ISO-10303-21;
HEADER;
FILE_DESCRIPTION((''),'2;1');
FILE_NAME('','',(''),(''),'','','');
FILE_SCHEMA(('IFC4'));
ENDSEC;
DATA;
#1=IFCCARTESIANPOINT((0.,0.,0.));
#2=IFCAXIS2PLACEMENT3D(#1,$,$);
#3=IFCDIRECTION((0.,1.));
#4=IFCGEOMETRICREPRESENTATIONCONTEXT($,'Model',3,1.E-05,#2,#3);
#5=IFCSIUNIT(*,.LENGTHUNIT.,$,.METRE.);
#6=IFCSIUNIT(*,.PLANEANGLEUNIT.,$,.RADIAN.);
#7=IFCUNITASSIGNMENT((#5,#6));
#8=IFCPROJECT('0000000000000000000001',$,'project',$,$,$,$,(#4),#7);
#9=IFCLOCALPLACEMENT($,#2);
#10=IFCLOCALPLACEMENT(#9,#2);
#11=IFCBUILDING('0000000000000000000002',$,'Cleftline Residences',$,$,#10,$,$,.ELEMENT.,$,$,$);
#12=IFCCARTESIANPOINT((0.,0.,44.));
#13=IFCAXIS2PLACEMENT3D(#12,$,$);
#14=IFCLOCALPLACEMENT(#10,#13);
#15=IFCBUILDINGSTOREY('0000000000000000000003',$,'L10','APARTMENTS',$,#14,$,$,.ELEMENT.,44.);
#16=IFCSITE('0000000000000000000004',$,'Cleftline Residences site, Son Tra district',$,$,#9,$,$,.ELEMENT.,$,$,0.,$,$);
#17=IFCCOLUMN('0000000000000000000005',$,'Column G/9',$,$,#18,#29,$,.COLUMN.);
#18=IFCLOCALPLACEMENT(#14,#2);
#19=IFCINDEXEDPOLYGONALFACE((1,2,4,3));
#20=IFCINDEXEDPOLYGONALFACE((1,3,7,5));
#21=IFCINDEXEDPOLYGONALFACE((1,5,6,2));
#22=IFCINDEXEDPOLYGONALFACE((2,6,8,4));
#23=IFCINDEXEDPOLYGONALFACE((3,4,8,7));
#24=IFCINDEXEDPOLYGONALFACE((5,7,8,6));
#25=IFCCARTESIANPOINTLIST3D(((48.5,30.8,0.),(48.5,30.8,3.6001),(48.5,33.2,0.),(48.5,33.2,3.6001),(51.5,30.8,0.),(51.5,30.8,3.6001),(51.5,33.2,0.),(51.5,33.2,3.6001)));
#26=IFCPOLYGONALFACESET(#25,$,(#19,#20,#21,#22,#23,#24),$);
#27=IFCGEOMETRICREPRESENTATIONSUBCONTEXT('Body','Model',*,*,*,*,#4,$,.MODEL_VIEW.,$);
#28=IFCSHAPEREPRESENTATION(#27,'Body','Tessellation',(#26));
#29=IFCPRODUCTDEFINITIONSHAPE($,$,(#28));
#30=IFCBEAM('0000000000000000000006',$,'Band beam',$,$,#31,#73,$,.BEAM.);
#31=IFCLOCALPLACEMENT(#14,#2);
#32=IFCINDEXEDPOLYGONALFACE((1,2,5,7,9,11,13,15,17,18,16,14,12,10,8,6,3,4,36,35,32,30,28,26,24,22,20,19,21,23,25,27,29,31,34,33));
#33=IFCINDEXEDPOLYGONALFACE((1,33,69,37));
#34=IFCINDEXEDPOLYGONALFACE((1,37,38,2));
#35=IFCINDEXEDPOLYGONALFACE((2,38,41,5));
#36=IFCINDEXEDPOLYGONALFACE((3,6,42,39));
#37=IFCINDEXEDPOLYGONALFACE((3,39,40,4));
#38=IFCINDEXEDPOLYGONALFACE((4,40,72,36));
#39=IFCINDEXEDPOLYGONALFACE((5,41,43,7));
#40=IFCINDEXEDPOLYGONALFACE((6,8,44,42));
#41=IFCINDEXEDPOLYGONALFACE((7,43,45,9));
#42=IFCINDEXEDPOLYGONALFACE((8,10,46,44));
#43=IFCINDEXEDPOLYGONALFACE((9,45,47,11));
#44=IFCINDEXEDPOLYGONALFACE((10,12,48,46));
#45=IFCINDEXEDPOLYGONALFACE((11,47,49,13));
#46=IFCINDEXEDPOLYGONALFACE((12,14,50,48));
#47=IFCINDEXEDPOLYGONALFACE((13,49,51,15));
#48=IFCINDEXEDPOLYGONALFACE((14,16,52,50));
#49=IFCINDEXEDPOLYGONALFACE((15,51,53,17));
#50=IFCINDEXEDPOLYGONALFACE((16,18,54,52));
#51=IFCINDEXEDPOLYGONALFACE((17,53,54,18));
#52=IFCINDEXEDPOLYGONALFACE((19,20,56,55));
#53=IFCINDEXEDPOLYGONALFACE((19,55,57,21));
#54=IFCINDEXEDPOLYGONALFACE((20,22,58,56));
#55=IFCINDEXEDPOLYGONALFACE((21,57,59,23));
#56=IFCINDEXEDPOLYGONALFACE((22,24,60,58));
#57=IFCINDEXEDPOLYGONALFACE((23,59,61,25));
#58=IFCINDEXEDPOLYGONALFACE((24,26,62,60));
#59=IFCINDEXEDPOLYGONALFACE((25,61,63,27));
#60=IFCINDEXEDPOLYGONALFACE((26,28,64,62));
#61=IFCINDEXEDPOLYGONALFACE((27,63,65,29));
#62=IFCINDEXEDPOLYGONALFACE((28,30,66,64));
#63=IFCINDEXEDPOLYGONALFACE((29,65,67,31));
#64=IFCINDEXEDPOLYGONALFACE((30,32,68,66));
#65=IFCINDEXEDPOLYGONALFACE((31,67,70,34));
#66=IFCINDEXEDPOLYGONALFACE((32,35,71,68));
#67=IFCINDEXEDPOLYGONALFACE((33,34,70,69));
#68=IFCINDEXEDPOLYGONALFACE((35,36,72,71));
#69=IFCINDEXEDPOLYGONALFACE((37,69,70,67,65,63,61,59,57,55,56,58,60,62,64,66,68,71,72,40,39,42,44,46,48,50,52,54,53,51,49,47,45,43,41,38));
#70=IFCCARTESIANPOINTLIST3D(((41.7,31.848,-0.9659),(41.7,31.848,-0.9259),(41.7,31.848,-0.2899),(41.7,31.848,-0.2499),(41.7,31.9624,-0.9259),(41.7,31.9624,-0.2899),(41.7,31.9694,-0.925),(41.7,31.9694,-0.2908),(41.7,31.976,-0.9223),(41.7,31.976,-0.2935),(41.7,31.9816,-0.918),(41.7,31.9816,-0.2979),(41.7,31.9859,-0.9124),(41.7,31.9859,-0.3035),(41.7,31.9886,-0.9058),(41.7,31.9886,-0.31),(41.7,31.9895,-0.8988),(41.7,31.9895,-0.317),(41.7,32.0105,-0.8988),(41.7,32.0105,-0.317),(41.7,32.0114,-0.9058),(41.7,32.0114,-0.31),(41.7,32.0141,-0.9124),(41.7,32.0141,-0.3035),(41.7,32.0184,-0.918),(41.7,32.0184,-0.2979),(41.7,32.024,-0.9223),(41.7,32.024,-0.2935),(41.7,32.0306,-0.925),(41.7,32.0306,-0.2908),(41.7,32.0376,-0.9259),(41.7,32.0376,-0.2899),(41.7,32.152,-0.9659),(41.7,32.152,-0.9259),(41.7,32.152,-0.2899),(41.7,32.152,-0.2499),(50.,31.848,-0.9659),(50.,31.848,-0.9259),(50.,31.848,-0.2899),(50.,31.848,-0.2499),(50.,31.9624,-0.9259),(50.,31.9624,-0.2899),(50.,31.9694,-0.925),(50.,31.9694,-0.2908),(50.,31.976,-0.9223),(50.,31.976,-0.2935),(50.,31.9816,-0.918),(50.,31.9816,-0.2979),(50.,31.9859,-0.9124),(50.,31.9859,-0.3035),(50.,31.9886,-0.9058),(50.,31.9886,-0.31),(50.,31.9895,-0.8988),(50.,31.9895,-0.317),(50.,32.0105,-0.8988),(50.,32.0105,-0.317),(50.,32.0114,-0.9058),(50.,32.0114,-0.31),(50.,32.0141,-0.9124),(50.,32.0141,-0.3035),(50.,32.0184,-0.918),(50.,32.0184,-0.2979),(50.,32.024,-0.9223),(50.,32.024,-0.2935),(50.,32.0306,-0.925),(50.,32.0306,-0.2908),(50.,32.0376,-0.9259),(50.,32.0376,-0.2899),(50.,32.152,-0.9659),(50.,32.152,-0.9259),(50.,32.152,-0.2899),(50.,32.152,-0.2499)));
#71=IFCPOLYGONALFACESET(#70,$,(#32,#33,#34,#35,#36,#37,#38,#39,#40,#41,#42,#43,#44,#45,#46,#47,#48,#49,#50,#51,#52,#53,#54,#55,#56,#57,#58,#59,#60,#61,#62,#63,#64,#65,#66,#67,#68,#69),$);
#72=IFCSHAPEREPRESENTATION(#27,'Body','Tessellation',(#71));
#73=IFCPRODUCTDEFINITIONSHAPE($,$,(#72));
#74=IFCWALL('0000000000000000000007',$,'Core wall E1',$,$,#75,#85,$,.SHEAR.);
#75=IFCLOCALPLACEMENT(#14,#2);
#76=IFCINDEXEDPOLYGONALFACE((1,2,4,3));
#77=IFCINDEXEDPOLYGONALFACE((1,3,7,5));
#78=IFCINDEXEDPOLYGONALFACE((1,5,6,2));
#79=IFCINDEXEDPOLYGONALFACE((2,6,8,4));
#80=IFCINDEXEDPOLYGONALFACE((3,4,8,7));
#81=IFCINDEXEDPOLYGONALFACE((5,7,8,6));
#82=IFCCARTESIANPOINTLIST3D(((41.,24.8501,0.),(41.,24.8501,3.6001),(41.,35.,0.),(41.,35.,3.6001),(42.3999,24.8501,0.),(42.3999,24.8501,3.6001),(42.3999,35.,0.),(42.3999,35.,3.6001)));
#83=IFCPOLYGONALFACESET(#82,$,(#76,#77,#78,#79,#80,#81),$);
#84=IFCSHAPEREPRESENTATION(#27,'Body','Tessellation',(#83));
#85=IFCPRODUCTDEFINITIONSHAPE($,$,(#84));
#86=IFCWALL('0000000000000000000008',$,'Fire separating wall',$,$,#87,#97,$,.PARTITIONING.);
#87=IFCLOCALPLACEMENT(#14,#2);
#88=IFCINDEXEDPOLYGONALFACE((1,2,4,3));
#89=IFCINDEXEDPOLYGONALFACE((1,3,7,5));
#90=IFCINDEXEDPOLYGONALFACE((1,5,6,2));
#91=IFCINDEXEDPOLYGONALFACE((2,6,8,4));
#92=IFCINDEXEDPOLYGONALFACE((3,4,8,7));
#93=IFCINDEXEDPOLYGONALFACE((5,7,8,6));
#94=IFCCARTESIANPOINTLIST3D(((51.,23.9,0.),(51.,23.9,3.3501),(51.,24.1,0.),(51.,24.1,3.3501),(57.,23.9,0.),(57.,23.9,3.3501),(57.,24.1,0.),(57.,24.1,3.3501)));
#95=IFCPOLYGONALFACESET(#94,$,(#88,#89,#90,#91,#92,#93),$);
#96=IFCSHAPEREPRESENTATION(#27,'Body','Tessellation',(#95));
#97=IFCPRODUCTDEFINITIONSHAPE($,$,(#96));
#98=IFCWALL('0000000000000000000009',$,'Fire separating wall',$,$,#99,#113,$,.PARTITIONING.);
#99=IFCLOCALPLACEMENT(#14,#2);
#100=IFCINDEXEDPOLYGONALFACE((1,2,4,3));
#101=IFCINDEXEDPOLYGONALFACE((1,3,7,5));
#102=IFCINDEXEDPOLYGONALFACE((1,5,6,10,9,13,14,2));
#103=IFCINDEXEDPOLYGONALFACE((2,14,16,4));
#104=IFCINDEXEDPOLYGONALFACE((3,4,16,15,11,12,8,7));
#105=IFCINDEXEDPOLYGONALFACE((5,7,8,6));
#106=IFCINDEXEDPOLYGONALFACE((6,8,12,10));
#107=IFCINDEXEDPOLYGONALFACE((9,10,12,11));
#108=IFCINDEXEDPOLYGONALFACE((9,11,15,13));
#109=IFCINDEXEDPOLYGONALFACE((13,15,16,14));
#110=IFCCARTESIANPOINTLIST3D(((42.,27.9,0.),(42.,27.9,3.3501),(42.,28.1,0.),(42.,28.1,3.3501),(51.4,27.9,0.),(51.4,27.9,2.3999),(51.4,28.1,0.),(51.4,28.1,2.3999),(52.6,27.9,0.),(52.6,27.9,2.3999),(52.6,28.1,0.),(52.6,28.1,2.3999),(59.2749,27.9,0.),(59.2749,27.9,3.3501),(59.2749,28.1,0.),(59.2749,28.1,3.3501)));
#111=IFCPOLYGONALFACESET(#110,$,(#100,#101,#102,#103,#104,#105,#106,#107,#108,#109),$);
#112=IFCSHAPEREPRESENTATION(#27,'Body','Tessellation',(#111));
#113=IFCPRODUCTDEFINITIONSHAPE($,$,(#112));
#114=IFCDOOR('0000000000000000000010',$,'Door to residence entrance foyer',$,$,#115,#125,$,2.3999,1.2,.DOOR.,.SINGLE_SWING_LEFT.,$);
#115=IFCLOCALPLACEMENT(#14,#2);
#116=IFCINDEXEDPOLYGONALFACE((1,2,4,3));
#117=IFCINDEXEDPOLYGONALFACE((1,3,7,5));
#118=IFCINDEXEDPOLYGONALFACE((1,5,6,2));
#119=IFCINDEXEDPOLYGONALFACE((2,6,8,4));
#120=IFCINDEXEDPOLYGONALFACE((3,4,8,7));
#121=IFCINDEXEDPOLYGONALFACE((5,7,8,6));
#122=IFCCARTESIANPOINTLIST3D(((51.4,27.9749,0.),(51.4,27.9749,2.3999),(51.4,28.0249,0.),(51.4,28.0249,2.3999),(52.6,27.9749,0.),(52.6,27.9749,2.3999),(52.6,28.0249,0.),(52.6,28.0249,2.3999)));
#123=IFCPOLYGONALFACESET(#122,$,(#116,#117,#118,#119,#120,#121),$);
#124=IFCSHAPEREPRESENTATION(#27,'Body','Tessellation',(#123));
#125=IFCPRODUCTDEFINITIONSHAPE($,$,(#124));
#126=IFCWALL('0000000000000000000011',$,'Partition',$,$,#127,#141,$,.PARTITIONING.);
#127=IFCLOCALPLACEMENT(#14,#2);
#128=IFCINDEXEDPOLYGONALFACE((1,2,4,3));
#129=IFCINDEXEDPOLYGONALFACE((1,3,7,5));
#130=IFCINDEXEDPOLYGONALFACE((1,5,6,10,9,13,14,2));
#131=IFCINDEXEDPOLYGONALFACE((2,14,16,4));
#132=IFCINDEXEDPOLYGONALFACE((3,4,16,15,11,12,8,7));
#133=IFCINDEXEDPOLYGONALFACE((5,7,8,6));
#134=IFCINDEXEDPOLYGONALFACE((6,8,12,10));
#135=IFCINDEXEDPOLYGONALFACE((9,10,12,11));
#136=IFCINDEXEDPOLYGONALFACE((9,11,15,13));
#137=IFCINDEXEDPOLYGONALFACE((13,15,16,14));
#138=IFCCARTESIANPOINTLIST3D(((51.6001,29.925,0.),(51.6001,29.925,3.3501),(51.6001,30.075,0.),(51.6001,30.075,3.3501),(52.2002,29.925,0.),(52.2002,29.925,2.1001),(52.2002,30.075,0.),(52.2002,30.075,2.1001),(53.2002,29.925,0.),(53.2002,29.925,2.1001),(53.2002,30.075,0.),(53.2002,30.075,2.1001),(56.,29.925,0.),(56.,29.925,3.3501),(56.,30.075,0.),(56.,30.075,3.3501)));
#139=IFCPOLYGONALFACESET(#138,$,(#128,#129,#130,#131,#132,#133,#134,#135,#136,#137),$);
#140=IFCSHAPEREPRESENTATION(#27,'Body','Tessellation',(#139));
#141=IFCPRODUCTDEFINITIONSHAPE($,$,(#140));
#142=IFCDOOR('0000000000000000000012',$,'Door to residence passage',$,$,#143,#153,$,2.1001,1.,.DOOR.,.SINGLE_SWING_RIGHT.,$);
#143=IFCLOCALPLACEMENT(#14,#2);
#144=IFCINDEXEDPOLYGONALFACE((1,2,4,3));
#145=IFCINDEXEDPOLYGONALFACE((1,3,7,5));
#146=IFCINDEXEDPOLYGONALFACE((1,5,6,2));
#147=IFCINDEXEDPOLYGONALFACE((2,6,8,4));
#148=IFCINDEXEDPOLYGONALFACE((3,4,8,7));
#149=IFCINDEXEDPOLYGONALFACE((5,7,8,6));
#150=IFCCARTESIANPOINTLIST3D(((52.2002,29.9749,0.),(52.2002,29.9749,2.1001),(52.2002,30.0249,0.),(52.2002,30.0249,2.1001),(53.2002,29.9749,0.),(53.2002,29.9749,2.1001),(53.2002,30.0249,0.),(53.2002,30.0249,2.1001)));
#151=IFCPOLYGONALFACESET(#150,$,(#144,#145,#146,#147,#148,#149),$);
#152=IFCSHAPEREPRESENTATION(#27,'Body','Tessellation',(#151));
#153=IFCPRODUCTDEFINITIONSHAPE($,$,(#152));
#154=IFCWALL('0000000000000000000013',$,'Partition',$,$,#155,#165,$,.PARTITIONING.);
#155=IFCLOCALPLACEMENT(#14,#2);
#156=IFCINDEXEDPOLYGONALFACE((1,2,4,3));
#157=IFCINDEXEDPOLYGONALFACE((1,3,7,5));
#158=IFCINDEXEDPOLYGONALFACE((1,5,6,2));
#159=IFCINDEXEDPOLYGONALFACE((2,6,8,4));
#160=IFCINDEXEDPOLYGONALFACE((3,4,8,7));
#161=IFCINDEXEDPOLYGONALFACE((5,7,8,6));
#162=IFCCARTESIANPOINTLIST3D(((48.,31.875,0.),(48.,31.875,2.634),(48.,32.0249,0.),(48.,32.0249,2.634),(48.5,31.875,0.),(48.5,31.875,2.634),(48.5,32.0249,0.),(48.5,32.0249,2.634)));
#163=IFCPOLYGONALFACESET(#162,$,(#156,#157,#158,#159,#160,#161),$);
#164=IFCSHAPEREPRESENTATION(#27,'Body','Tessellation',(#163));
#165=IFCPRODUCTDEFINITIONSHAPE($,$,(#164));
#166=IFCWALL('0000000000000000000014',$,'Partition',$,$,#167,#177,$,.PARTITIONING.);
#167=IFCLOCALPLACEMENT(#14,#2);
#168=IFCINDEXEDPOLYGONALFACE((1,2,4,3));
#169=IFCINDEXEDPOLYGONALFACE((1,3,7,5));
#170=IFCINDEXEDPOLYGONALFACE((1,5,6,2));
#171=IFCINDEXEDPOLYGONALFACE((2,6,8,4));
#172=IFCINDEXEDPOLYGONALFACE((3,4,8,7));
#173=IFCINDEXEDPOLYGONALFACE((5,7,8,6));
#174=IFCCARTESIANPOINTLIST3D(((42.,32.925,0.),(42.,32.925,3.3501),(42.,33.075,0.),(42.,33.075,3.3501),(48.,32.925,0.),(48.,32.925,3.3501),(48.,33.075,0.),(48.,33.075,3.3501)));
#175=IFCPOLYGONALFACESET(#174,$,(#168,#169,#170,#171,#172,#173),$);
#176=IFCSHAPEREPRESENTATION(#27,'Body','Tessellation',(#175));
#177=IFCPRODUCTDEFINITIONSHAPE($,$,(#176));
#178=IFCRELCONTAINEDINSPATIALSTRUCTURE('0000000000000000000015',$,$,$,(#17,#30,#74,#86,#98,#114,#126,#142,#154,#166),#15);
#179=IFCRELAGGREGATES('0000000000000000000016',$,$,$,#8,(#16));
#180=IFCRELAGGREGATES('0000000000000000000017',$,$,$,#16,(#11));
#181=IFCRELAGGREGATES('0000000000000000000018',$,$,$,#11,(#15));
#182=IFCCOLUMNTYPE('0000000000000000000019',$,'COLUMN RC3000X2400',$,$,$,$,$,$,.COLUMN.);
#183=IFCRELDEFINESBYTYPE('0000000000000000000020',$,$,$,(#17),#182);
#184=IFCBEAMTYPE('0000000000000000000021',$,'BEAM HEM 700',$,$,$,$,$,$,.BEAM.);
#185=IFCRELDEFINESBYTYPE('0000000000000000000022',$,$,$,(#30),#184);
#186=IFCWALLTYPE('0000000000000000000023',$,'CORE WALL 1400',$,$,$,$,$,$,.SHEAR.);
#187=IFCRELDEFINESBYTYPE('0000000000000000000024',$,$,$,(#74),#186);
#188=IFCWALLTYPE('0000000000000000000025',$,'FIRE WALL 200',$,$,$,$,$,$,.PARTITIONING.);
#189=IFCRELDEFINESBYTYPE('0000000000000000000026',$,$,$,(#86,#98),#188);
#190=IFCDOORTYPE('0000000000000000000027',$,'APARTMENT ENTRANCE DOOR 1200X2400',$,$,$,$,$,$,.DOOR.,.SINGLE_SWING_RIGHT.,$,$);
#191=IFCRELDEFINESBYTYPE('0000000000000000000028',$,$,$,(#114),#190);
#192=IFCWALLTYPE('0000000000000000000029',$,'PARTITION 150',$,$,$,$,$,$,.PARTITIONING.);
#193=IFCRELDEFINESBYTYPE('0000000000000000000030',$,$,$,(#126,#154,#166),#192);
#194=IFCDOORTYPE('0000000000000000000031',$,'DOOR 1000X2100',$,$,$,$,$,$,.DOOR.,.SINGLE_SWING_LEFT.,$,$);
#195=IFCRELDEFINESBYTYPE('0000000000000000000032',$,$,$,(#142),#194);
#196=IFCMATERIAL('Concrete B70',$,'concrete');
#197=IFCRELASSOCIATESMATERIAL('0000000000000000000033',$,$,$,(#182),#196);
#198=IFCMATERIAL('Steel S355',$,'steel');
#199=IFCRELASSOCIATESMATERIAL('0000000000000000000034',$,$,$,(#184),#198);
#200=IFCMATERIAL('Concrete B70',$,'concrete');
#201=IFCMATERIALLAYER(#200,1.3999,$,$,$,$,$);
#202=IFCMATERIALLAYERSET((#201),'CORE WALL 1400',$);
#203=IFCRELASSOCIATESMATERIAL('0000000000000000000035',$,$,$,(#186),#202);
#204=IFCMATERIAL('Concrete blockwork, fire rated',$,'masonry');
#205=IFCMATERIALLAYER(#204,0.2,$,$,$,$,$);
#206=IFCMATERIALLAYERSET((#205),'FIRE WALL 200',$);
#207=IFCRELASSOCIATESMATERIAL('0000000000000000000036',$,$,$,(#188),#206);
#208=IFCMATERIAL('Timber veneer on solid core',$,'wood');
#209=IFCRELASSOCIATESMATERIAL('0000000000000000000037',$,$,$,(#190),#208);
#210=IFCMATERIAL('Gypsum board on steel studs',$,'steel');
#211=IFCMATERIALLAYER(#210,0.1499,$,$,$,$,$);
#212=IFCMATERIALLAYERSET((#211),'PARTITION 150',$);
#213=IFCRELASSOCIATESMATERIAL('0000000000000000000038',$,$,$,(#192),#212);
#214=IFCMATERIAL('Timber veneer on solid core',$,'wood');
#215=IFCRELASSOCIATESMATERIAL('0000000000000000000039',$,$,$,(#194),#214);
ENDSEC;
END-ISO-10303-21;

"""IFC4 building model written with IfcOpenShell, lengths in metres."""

from ifc_helpers import new_model, si_unit, direction, frame, frame_2d, origin, origin_2d, place, context, subcontext, project, spatial, rectangle, i_section, extrude, material, layer, layer_set, material_profile, profile_set, type_object, element, fill, save


model = new_model("IFC4")

# Units and contexts
model_context = context("Model", 3, precision=1e-05, world=origin(), true_north=direction((0.0, 1.0)))
body_context = subcontext(model_context, "Body", "Model", "MODEL_VIEW")
ifc_project = project(units=[si_unit("LENGTHUNIT", "METRE"), si_unit("PLANEANGLEUNIT", "RADIAN")], contexts=[model_context])

# Site, building, storey
site_placement = place(None, origin())
site = spatial("IfcSite", under=ifc_project, at=site_placement, Name="Cleftline Residences site, Son Tra district", CompositionType="ELEMENT", RefElevation=0.0)
building_placement = place(site_placement, origin())
building = spatial("IfcBuilding", under=site, at=building_placement, Name="Cleftline Residences", CompositionType="ELEMENT")
storey_placement = place(building_placement, frame((0.0, 0.0, 44.0)))
storey = spatial("IfcBuildingStorey", under=building, at=storey_placement, Name="L10", Description="APARTMENTS", CompositionType="ELEMENT", Elevation=44.0)

# Column
ifc_material_1 = material(Name="Concrete B70", Category="concrete")
ifc_material_profile_1 = material_profile(ifc_material_1, rectangle(XDim=3.0, YDim=2.3999, at=origin_2d()))
ifc_profile_set_1 = profile_set([ifc_material_profile_1], Name="Concrete B70")
column_type = type_object("IfcColumnType", Name="COLUMN RC3000X2400", PredefinedType="COLUMN", material=ifc_profile_set_1)
column_placement = place(storey_placement, frame((50.0, 32.0, 0.0), z_axis=(0.0, 0.0, 1.0), x_axis=(1.0, 0.0, 0.0)))
element("IfcColumn", 1, at=column_placement, inside=storey, type_object=column_type, Name="Column G/9", PredefinedType="COLUMN", context=body_context, shape_type="SweptSolid", body=[
    extrude(rectangle(XDim=3.0, YDim=2.3999, at=origin_2d()), origin(), (0.0, 0.0, 1.0), 3.6001),
])

# Beam
ifc_material_2 = material(Name="Steel S355", Category="steel")
ifc_material_profile_2 = material_profile(ifc_material_2, i_section(OverallWidth=0.304, OverallDepth=0.7161, WebThickness=0.021, FlangeThickness=0.04, FilletRadius=0.0271, at=origin_2d()))
ifc_profile_set_2 = profile_set([ifc_material_profile_2], Name="Steel S355")
beam_type = type_object("IfcBeamType", Name="BEAM HEM 700", PredefinedType="BEAM", material=ifc_profile_set_2)
beam_placement = place(storey_placement, frame((50.0, 32.0, -0.6079), z_axis=(-1.0, 0.0, 0.0), x_axis=(0.0, -1.0, 0.0)))
element("IfcBeam", 2, at=beam_placement, inside=storey, type_object=beam_type, Name="Band beam", PredefinedType="BEAM", context=body_context, shape_type="SweptSolid", body=[
    extrude(i_section(OverallWidth=0.304, OverallDepth=0.7161, WebThickness=0.021, FlangeThickness=0.04, FilletRadius=0.0271, at=origin_2d()), origin(), (0.0, 0.0, 1.0), 8.3),
])

# Walls
ifc_material_3 = material(Name="Concrete B70", Category="concrete")
ifc_layer_1 = layer(ifc_material_3, 1.3999)
ifc_layer_set_1 = layer_set([ifc_layer_1], Name="CORE WALL 1400")
wall_type_1 = type_object("IfcWallType", Name="CORE WALL 1400", PredefinedType="SHEAR", material=ifc_layer_set_1)
wall_1_placement = place(storey_placement, frame((41.7, 24.8501, 0.0), z_axis=(0.0, 0.0, 1.0), x_axis=(0.0, 1.0, 0.0)))
element("IfcWall", 3, at=wall_1_placement, inside=storey, type_object=wall_type_1, Name="Core wall E1", PredefinedType="SHEAR", context=body_context, shape_type="SweptSolid", body=[
    extrude(rectangle(XDim=10.1499, YDim=1.3999, at=frame_2d((5.075, 0.0))), origin(), (0.0, 0.0, 1.0), 3.6001),
])
ifc_material_4 = material(Name="Concrete blockwork, fire rated", Category="masonry")
ifc_layer_2 = layer(ifc_material_4, 0.2)
ifc_layer_set_2 = layer_set([ifc_layer_2], Name="FIRE WALL 200")
wall_type_2 = type_object("IfcWallType", Name="FIRE WALL 200", PredefinedType="PARTITIONING", material=ifc_layer_set_2)
wall_2_placement = place(storey_placement, frame((51.0, 24.0, 0.0), z_axis=(0.0, 0.0, 1.0), x_axis=(1.0, 0.0, 0.0)))
element("IfcWall", 4, at=wall_2_placement, inside=storey, type_object=wall_type_2, Name="Fire separating wall", PredefinedType="PARTITIONING", context=body_context, shape_type="SweptSolid", body=[
    extrude(rectangle(XDim=6.0, YDim=0.2, at=frame_2d((3.0, 0.0))), origin(), (0.0, 0.0, 1.0), 3.3501),
])

# Walls, openings, doors
wall_3_placement = place(storey_placement, frame((42.0, 28.0, 0.0), z_axis=(0.0, 0.0, 1.0), x_axis=(1.0, 0.0, 0.0)))
wall_3 = element("IfcWall", 5, at=wall_3_placement, inside=storey, type_object=wall_type_2, Name="Fire separating wall", PredefinedType="PARTITIONING", context=body_context, shape_type="SweptSolid", body=[
    extrude(rectangle(XDim=17.2749, YDim=0.2, at=frame_2d((8.6375, 0.0))), origin(), (0.0, 0.0, 1.0), 3.3501),
])
opening_1_placement = place(wall_3_placement, frame((9.3999, 0.0, 0.0)))
opening_1 = element("IfcOpeningElement", 6, at=opening_1_placement, cuts=wall_3, PredefinedType="OPENING", context=body_context, shape_type="SweptSolid", body=[
    extrude(rectangle(XDim=1.2, YDim=2.3999, at=frame_2d((0.6001, 1.2))), frame((0.0, 0.1099, 0.0), z_axis=(0.0, -1.0, 0.0), x_axis=(1.0, 0.0, 0.0)), (0.0, 0.0, 1.0), 0.22),
])
ifc_material_5 = material(Name="Timber veneer on solid core", Category="wood")
door_type_1 = type_object("IfcDoorType", Name="APARTMENT ENTRANCE DOOR 1200X2400", OperationType="SINGLE_SWING_RIGHT", PredefinedType="DOOR", material=ifc_material_5)
door_1_placement = place(opening_1_placement, origin())
door_1 = element("IfcDoor", 7, at=door_1_placement, inside=storey, type_object=door_type_1, Name="Door to residence entrance foyer", OperationType="SINGLE_SWING_LEFT", OverallHeight=2.3999, OverallWidth=1.2, PredefinedType="DOOR", context=body_context, shape_type="SweptSolid", body=[
    extrude(rectangle(XDim=1.2, YDim=2.3999, at=frame_2d((0.6001, 1.2))), frame((0.0, 0.0249, 0.0), z_axis=(0.0, -1.0, 0.0), x_axis=(1.0, 0.0, 0.0)), (0.0, 0.0, 1.0), 0.05),
])
fill(opening_1, door_1)
ifc_material_6 = material(Name="Gypsum board on steel studs", Category="steel")
ifc_layer_3 = layer(ifc_material_6, 0.1499)
ifc_layer_set_3 = layer_set([ifc_layer_3], Name="PARTITION 150")
wall_type_3 = type_object("IfcWallType", Name="PARTITION 150", PredefinedType="PARTITIONING", material=ifc_layer_set_3)
wall_4_placement = place(storey_placement, frame((51.6001, 30.0, 0.0), z_axis=(0.0, 0.0, 1.0), x_axis=(1.0, 0.0, 0.0)))
wall_4 = element("IfcWall", 8, at=wall_4_placement, inside=storey, type_object=wall_type_3, Name="Partition", PredefinedType="PARTITIONING", context=body_context, shape_type="SweptSolid", body=[
    extrude(rectangle(XDim=4.3999, YDim=0.1499, at=frame_2d((2.2, 0.0))), origin(), (0.0, 0.0, 1.0), 3.3501),
])
opening_2_placement = place(wall_4_placement, frame((0.6001, 0.0, 0.0)))
opening_2 = element("IfcOpeningElement", 9, at=opening_2_placement, cuts=wall_4, PredefinedType="OPENING", context=body_context, shape_type="SweptSolid", body=[
    extrude(rectangle(XDim=1.0, YDim=2.1001, at=frame_2d((0.5, 1.05))), frame((0.0, 0.085, 0.0), z_axis=(0.0, -1.0, 0.0), x_axis=(1.0, 0.0, 0.0)), (0.0, 0.0, 1.0), 0.1699),
])
ifc_material_7 = material(Name="Timber veneer on solid core", Category="wood")
door_type_2 = type_object("IfcDoorType", Name="DOOR 1000X2100", OperationType="SINGLE_SWING_LEFT", PredefinedType="DOOR", material=ifc_material_7)
door_2_placement = place(opening_2_placement, origin())
door_2 = element("IfcDoor", 10, at=door_2_placement, inside=storey, type_object=door_type_2, Name="Door to residence passage", OperationType="SINGLE_SWING_RIGHT", OverallHeight=2.1001, OverallWidth=1.0, PredefinedType="DOOR", context=body_context, shape_type="SweptSolid", body=[
    extrude(rectangle(XDim=1.0, YDim=2.1001, at=frame_2d((0.5, 1.05))), frame((0.0, 0.0249, 0.0), z_axis=(0.0, -1.0, 0.0), x_axis=(1.0, 0.0, 0.0)), (0.0, 0.0, 1.0), 0.05),
])
fill(opening_2, door_2)

# Walls
wall_5_placement = place(storey_placement, frame((48.0, 31.95, 0.0), z_axis=(0.0, 0.0, 1.0), x_axis=(1.0, 0.0, 0.0)))
element("IfcWall", 11, at=wall_5_placement, inside=storey, type_object=wall_type_3, Name="Partition", PredefinedType="PARTITIONING", context=body_context, shape_type="SweptSolid", body=[
    extrude(rectangle(XDim=0.5, YDim=0.1499, at=frame_2d((0.25, 0.0))), origin(), (0.0, 0.0, 1.0), 2.634),
])
wall_6_placement = place(storey_placement, frame((42.0, 33.0, 0.0), z_axis=(0.0, 0.0, 1.0), x_axis=(1.0, 0.0, 0.0)))
element("IfcWall", 12, at=wall_6_placement, inside=storey, type_object=wall_type_3, Name="Partition", PredefinedType="PARTITIONING", context=body_context, shape_type="SweptSolid", body=[
    extrude(rectangle(XDim=6.0, YDim=0.1499, at=frame_2d((3.0, 0.0))), origin(), (0.0, 0.0, 1.0), 3.3501),
])

save(model, "model.ifc")
